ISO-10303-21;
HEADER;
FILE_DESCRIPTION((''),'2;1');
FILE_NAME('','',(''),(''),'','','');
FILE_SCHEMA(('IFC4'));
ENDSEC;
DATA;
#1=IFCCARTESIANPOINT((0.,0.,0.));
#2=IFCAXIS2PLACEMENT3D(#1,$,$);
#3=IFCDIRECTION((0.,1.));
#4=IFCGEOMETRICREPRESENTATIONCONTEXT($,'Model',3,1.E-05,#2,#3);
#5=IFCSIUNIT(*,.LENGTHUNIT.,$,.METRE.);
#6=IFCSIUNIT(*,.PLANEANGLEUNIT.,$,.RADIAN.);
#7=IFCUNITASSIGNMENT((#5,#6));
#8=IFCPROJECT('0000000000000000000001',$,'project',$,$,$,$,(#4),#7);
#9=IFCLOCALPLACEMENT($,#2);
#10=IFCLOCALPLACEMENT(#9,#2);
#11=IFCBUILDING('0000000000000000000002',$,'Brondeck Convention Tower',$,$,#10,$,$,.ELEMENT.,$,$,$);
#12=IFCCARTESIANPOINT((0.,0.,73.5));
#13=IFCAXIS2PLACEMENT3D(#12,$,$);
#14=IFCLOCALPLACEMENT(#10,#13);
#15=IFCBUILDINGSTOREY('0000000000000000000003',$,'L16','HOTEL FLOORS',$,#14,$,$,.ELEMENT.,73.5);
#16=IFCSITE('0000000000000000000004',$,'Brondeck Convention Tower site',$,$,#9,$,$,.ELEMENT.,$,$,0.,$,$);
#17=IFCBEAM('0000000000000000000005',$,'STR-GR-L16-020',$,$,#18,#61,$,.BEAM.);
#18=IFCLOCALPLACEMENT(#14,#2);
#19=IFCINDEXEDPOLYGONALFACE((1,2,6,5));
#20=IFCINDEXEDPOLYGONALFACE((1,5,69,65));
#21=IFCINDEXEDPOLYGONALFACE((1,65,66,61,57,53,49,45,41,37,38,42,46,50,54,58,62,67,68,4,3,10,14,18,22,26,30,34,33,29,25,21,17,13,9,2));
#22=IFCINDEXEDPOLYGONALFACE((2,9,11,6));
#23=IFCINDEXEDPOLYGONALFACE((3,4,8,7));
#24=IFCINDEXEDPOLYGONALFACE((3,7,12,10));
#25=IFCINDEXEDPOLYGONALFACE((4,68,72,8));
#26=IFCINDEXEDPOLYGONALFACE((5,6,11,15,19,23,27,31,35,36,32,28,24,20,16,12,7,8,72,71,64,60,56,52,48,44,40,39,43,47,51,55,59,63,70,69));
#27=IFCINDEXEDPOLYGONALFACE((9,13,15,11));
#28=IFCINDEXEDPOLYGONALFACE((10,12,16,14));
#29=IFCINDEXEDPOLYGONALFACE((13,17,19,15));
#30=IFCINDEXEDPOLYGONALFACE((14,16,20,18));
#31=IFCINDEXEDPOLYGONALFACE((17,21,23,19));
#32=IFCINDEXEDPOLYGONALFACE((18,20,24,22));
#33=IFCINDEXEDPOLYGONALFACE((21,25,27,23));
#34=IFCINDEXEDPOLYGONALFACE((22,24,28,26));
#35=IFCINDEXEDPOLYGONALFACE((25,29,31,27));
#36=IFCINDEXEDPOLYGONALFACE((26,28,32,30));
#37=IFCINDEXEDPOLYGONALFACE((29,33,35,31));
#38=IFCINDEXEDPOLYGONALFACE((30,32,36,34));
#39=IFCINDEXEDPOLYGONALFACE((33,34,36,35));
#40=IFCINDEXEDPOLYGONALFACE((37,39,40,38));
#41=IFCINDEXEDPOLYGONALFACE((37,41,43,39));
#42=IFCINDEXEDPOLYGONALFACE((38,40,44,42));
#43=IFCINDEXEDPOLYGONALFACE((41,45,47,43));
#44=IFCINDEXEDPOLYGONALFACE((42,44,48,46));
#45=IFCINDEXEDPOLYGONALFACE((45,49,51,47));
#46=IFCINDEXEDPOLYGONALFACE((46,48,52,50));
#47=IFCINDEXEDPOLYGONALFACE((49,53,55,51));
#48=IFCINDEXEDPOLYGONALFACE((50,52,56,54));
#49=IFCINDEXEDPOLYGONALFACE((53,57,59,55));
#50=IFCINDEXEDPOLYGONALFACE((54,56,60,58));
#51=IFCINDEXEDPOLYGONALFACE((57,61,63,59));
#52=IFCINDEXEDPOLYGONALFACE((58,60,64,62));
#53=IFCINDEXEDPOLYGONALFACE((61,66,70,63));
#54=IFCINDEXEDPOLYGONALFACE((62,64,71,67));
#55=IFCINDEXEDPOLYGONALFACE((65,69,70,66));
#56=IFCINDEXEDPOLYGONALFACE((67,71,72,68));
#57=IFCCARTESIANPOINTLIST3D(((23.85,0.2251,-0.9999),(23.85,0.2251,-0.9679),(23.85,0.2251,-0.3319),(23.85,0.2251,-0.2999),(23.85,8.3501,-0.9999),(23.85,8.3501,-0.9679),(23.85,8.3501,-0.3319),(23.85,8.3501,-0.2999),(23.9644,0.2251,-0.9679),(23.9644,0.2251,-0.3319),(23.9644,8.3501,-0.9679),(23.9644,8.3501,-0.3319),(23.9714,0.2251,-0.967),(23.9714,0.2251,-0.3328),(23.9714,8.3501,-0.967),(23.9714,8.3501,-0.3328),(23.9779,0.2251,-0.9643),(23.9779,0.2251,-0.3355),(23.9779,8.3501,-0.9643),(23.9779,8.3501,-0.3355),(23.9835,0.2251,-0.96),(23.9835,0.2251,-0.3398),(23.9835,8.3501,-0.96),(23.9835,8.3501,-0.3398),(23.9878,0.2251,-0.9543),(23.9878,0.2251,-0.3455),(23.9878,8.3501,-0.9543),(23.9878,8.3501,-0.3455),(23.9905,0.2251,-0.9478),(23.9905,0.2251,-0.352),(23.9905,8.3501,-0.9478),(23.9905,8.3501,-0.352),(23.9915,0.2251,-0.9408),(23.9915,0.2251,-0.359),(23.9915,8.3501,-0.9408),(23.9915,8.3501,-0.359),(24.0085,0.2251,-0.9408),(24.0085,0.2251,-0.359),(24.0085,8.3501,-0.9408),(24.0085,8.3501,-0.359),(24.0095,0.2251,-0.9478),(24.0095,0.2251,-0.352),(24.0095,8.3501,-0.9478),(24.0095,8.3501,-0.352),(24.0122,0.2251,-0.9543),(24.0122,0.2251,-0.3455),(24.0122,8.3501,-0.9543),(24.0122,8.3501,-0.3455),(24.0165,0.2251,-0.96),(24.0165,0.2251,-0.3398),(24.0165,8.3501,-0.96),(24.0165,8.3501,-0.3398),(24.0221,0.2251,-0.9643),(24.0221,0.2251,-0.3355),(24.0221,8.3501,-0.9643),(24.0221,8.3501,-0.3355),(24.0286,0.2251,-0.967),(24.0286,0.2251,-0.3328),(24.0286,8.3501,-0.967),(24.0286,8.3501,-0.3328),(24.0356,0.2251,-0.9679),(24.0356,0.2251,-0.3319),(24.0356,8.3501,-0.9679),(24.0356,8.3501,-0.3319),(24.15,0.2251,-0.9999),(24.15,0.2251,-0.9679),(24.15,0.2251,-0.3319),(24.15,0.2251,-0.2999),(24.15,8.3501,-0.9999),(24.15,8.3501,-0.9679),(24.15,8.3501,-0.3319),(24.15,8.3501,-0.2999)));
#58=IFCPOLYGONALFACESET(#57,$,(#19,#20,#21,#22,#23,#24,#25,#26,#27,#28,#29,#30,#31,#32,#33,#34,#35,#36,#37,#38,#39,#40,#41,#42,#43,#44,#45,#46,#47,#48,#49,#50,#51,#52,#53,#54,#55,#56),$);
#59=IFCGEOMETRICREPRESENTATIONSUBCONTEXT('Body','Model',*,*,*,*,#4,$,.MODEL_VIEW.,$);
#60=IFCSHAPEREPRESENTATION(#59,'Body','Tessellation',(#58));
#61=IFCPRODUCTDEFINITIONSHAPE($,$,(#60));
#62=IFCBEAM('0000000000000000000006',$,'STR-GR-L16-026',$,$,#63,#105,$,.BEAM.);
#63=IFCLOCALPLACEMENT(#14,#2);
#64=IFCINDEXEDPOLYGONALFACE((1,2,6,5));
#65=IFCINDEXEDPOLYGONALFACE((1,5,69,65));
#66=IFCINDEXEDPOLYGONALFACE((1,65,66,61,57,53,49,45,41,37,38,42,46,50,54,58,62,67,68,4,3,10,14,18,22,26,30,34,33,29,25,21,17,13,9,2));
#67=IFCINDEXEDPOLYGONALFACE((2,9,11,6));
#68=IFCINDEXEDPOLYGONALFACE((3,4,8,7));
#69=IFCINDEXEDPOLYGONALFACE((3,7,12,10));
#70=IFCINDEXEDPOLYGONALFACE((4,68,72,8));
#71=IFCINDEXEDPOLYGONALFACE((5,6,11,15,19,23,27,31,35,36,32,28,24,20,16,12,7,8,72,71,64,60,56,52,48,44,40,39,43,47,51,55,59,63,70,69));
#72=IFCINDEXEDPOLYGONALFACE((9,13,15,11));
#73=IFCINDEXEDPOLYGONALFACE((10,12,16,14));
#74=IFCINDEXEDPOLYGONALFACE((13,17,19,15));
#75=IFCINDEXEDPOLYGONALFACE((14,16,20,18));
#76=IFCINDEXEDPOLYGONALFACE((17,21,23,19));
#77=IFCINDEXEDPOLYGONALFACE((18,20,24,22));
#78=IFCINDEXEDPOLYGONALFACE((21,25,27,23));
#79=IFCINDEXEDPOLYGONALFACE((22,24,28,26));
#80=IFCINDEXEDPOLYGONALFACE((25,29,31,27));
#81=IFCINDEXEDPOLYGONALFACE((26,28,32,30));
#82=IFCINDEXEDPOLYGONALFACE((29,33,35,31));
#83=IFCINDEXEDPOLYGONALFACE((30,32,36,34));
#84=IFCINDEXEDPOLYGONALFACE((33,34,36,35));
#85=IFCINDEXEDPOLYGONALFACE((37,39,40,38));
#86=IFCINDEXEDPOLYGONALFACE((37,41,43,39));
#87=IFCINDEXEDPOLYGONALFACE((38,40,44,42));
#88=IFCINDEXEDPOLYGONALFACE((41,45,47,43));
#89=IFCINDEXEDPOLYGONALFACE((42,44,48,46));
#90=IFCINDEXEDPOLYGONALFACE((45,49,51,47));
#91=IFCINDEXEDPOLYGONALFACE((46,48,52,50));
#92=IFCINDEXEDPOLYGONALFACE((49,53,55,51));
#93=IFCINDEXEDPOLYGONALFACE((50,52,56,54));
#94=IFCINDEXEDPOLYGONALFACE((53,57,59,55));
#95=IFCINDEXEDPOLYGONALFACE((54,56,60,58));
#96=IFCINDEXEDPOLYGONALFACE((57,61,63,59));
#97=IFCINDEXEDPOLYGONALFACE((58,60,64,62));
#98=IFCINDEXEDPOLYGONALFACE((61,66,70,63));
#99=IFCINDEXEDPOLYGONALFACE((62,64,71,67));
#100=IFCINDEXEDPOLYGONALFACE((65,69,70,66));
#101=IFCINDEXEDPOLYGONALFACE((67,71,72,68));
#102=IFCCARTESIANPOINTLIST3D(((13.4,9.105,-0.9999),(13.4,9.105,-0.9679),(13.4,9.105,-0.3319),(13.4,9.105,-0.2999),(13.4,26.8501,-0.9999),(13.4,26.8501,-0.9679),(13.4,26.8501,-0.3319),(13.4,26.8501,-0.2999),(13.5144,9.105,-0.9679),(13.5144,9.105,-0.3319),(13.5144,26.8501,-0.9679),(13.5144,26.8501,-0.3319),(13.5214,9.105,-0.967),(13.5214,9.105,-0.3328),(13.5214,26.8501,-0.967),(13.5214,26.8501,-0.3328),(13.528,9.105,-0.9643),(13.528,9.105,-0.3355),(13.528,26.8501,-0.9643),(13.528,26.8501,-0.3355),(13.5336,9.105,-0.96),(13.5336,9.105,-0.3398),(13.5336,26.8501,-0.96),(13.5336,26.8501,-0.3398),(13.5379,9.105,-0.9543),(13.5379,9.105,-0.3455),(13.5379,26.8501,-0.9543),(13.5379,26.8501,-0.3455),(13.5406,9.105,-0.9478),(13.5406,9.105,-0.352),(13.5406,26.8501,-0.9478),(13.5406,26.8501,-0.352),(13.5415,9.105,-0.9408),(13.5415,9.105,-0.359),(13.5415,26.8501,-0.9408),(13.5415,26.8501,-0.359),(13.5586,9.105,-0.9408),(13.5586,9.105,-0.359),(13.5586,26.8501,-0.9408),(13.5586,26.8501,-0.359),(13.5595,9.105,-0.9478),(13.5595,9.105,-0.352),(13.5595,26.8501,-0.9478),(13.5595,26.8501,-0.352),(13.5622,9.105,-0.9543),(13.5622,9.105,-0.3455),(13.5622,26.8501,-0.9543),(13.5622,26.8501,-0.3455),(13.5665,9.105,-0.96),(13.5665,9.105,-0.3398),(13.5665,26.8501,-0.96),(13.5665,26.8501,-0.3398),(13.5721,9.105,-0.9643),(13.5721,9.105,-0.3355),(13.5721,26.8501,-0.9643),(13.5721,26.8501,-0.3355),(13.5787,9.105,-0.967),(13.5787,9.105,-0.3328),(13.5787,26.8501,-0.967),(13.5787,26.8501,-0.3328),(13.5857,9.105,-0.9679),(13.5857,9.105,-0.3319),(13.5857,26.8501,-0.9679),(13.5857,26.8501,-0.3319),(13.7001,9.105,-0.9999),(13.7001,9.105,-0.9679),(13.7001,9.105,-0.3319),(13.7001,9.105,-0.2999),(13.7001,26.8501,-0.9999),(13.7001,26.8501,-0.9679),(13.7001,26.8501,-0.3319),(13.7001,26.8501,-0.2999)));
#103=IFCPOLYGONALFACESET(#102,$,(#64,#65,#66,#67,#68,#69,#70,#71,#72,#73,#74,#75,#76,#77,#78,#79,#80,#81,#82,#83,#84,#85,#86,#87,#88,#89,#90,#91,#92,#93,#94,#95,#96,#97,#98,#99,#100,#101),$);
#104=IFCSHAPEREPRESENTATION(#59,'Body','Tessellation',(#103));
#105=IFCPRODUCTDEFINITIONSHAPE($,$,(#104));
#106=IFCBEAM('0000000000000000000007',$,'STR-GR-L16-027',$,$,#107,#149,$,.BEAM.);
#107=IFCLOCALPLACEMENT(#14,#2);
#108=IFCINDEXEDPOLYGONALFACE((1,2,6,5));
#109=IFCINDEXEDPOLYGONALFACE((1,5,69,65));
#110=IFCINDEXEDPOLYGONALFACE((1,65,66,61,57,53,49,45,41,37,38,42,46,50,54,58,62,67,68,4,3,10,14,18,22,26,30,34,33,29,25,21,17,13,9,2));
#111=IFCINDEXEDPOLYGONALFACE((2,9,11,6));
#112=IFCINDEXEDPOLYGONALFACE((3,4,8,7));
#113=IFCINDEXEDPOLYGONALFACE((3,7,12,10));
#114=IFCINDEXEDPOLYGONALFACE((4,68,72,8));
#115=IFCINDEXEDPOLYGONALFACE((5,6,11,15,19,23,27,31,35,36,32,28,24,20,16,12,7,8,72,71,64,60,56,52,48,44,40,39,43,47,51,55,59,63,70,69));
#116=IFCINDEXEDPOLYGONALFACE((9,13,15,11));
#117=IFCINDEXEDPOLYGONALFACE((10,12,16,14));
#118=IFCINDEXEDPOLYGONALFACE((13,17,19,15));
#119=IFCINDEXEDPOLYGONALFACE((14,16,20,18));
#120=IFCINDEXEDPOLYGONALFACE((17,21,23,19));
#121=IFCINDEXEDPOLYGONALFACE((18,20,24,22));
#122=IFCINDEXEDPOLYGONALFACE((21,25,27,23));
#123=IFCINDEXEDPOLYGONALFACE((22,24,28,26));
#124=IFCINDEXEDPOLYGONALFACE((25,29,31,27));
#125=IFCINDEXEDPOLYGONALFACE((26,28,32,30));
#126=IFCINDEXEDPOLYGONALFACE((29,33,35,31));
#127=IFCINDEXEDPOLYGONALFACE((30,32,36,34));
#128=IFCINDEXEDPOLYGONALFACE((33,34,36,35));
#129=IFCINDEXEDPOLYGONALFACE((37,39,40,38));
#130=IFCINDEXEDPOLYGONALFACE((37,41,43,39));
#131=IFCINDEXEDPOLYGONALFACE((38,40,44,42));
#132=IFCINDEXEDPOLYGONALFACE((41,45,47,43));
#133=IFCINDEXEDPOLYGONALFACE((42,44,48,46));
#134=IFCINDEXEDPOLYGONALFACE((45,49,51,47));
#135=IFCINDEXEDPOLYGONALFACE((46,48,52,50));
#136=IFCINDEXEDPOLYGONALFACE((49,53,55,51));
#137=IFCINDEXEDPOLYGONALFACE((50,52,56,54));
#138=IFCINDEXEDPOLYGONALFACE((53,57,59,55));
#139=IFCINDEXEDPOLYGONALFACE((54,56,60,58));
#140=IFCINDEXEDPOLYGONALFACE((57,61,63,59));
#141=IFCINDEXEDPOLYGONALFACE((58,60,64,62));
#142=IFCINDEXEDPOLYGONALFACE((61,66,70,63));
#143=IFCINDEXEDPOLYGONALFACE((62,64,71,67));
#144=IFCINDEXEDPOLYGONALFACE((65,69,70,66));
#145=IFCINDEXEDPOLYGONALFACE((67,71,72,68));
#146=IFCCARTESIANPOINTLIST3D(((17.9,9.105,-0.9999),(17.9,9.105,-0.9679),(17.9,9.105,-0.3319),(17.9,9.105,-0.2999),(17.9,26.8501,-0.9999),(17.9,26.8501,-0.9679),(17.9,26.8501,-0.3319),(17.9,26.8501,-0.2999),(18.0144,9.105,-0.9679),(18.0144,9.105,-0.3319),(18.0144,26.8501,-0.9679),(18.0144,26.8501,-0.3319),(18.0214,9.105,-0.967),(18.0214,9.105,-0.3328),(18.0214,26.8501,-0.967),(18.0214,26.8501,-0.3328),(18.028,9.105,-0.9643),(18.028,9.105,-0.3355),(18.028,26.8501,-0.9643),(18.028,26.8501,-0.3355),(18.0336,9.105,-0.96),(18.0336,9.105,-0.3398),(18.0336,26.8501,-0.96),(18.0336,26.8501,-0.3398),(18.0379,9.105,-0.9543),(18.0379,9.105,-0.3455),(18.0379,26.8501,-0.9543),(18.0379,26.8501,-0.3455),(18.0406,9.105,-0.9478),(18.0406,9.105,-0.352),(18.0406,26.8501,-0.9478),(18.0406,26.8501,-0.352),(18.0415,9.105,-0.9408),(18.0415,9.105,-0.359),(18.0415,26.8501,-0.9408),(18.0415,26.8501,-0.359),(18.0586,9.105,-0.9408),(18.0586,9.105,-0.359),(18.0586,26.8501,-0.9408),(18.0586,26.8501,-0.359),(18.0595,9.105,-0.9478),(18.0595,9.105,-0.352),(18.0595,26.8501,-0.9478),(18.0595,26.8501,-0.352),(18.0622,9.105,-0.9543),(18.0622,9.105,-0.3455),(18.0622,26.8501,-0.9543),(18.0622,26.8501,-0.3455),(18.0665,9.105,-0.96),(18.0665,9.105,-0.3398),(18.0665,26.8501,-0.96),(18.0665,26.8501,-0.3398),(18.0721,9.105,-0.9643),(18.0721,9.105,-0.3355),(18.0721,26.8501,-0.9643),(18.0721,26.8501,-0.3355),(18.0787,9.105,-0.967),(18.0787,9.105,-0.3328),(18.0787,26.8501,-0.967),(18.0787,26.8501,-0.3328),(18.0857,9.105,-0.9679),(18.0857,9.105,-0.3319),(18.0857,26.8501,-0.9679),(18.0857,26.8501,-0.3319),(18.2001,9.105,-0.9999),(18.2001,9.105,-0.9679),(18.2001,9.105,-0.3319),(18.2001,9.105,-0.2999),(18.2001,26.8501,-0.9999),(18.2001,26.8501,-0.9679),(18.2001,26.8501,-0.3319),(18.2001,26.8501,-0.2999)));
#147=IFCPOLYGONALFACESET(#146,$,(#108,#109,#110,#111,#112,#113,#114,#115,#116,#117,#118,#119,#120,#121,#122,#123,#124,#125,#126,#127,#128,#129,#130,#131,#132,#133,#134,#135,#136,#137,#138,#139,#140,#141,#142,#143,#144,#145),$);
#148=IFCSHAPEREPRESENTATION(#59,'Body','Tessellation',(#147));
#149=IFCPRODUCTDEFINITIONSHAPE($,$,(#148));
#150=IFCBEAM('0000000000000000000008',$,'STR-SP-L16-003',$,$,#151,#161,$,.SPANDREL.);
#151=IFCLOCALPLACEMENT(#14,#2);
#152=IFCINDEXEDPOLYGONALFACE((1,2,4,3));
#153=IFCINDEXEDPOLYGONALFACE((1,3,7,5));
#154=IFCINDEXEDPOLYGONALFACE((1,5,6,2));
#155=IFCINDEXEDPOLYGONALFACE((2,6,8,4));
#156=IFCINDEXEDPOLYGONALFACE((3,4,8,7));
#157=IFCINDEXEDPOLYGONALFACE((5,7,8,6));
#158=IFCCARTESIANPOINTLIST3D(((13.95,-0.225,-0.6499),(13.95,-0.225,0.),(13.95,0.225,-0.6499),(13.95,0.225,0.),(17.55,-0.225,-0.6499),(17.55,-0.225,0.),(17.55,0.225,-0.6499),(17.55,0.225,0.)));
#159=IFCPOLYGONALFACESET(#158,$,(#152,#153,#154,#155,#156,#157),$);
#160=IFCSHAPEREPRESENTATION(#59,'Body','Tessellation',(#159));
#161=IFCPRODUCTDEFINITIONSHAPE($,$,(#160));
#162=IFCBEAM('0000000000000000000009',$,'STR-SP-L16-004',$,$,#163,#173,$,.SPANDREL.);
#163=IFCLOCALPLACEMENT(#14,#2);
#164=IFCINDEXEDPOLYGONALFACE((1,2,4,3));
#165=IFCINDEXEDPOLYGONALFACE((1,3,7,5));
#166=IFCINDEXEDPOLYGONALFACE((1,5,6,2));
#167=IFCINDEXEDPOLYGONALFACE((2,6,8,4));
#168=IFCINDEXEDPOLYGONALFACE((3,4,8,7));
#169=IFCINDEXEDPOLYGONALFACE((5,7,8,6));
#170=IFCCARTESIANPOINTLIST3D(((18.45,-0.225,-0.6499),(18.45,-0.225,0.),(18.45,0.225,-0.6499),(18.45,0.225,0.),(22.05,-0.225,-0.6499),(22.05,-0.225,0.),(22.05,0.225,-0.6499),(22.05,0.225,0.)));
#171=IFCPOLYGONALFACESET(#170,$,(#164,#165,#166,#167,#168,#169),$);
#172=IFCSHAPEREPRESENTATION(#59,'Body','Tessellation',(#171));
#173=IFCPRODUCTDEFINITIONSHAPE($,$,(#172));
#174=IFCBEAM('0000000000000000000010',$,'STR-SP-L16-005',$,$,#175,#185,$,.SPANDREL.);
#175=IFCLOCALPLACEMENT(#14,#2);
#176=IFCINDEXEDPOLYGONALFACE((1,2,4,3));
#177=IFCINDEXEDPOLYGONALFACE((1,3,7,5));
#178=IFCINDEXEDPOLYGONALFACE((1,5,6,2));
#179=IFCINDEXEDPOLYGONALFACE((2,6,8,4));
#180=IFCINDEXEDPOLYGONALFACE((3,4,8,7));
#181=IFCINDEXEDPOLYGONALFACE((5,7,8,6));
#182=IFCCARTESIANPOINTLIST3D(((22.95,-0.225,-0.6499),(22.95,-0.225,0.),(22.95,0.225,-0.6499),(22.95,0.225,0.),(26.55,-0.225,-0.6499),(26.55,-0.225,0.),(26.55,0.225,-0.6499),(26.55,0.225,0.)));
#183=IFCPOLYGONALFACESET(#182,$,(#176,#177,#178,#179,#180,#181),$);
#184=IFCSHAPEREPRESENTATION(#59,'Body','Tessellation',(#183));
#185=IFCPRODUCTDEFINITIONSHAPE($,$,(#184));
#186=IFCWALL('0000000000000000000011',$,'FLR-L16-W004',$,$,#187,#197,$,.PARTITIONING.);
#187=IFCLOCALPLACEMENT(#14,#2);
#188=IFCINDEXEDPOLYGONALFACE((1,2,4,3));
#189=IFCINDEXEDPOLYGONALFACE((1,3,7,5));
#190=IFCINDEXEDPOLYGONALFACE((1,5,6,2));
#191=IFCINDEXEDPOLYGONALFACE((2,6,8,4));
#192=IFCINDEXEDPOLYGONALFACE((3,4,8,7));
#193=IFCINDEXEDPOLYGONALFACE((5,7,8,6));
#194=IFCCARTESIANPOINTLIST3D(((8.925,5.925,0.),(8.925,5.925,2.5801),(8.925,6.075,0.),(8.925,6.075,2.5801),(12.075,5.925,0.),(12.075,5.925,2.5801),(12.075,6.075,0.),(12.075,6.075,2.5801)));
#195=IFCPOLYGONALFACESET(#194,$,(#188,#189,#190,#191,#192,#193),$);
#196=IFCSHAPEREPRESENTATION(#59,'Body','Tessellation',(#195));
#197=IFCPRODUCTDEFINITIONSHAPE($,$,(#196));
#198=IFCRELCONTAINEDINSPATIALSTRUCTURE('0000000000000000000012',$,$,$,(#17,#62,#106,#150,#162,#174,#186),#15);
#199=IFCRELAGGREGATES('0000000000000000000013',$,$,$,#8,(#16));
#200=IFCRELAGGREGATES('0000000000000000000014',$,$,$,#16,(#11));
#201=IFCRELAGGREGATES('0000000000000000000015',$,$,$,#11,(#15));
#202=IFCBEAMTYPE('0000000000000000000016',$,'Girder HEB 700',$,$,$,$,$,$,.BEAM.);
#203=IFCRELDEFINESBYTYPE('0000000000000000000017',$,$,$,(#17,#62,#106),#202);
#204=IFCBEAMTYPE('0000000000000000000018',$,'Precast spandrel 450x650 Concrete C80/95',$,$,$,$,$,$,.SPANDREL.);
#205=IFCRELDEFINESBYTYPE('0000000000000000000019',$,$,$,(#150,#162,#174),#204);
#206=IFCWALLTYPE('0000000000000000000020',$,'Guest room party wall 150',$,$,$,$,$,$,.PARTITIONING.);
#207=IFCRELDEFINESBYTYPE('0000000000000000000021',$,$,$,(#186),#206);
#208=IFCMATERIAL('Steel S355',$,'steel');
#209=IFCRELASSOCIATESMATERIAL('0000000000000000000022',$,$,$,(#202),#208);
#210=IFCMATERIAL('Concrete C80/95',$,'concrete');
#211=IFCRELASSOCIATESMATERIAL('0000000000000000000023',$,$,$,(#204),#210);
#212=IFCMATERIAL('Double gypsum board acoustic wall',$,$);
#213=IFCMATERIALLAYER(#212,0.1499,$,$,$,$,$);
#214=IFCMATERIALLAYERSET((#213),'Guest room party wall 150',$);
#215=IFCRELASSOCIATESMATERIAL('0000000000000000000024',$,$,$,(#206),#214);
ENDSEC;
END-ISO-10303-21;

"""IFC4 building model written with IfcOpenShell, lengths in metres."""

from ifc_helpers import new_model, si_unit, direction, frame, frame_2d, origin, origin_2d, place, context, subcontext, project, spatial, rectangle, i_section, extrude, material, layer, layer_set, material_profile, profile_set, type_object, element, save


model = new_model("IFC4")

# Units and contexts
model_context = context("Model", 3, precision=1e-05, world=origin(), true_north=direction((0.0, 1.0)))
body_context = subcontext(model_context, "Body", "Model", "MODEL_VIEW")
ifc_project = project(units=[si_unit("LENGTHUNIT", "METRE"), si_unit("PLANEANGLEUNIT", "RADIAN")], contexts=[model_context])

# Site, building, storey
site_placement = place(None, origin())
site = spatial("IfcSite", under=ifc_project, at=site_placement, Name="Brondeck Convention Tower site", CompositionType="ELEMENT", RefElevation=0.0)
building_placement = place(site_placement, origin())
building = spatial("IfcBuilding", under=site, at=building_placement, Name="Brondeck Convention Tower", CompositionType="ELEMENT")
storey_placement = place(building_placement, frame((0.0, 0.0, 73.5)))
storey = spatial("IfcBuildingStorey", under=building, at=storey_placement, Name="L16", Description="HOTEL FLOORS", CompositionType="ELEMENT", Elevation=73.5)

# Shared definitions
ifc_material_1 = material(Name="Concrete C80/95", Category="concrete")

# Beams
ifc_material_2 = material(Name="Steel S355", Category="steel")
ifc_material_profile_1 = material_profile(ifc_material_2, i_section(OverallWidth=0.3, OverallDepth=0.7, WebThickness=0.0171, FlangeThickness=0.032, FilletRadius=0.0271, at=origin_2d()), Name="HEB 700")
ifc_profile_set_1 = profile_set([ifc_material_profile_1], Name="Steel S355")
beam_type_1 = type_object("IfcBeamType", Name="Girder HEB 700", PredefinedType="BEAM", material=ifc_profile_set_1)
beam_1_placement = place(storey_placement, frame((24.0, 8.3501, -0.6499), z_axis=(0.0, -1.0, 0.0), x_axis=(1.0, 0.0, 0.0)))
element("IfcBeam", 1, at=beam_1_placement, inside=storey, type_object=beam_type_1, Name="STR-GR-L16-020", PredefinedType="BEAM", context=body_context, shape_type="SweptSolid", body=[
    extrude(i_section(OverallWidth=0.3, OverallDepth=0.7, WebThickness=0.0171, FlangeThickness=0.032, FilletRadius=0.0271, at=origin_2d()), origin(), (0.0, 0.0, 1.0), 8.125),
])
for number, where, z_axis, x_axis, name in (
    (2, (13.55, 9.105, -0.6499), (0.0, 1.0, 0.0), (-1.0, 0.0, 0.0), "STR-GR-L16-026"),
    (3, (18.05, 9.105, -0.6499), (0.0, 1.0, 0.0), (-1.0, 0.0, 0.0), "STR-GR-L16-027"),
):
    element("IfcBeam", number, at=place(storey_placement, frame(where, z_axis=z_axis, x_axis=x_axis)), inside=storey, type_object=beam_type_1, Name=name, PredefinedType="BEAM", context=body_context, shape_type="SweptSolid", body=[
        extrude(i_section(OverallWidth=0.3, OverallDepth=0.7, WebThickness=0.0171, FlangeThickness=0.032, FilletRadius=0.0271, at=origin_2d()), origin(), (0.0, 0.0, 1.0), 17.7451),
    ])
ifc_material_profile_2 = material_profile(ifc_material_1, rectangle(XDim=0.45, YDim=0.6499, at=origin_2d()), Name="Precast spandrel 450x650 Concrete C80/95")
ifc_profile_set_2 = profile_set([ifc_material_profile_2], Name="Concrete C80/95")
beam_type_2 = type_object("IfcBeamType", Name="Precast spandrel 450x650 Concrete C80/95", PredefinedType="SPANDREL", material=ifc_profile_set_2)
for number, where, z_axis, x_axis, name in (
    (4, (13.95, 0.0, -0.325), (1.0, 0.0, 0.0), (0.0, 1.0, 0.0), "STR-SP-L16-003"),
    (5, (18.45, 0.0, -0.325), (1.0, 0.0, 0.0), (0.0, 1.0, 0.0), "STR-SP-L16-004"),
    (6, (22.95, 0.0, -0.325), (1.0, 0.0, 0.0), (0.0, 1.0, 0.0), "STR-SP-L16-005"),
):
    element("IfcBeam", number, at=place(storey_placement, frame(where, z_axis=z_axis, x_axis=x_axis)), inside=storey, type_object=beam_type_2, Name=name, PredefinedType="SPANDREL", context=body_context, shape_type="SweptSolid", body=[
        extrude(rectangle(XDim=0.45, YDim=0.6499, at=origin_2d()), origin(), (0.0, 0.0, 1.0), 3.6001),
    ])

# Wall
ifc_material_3 = material(Name="Double gypsum board acoustic wall")
ifc_layer_1 = layer(ifc_material_3, 0.1499)
ifc_layer_set_1 = layer_set([ifc_layer_1], Name="Guest room party wall 150")
wall_type_1 = type_object("IfcWallType", Name="Guest room party wall 150", PredefinedType="PARTITIONING", material=ifc_layer_set_1)
wall_1_placement = place(storey_placement, frame((12.075, 6.0, 0.0), z_axis=(0.0, 0.0, 1.0), x_axis=(-1.0, 0.0, 0.0)))
element("IfcWall", 7, at=wall_1_placement, inside=storey, type_object=wall_type_1, Name="FLR-L16-W004", PredefinedType="PARTITIONING", context=body_context, shape_type="SweptSolid", body=[
    extrude(rectangle(XDim=3.1499, YDim=0.1499, at=frame_2d((1.575, 0.0))), origin(), (0.0, 0.0, 1.0), 2.5801),
])

save(model, "model.ifc")
